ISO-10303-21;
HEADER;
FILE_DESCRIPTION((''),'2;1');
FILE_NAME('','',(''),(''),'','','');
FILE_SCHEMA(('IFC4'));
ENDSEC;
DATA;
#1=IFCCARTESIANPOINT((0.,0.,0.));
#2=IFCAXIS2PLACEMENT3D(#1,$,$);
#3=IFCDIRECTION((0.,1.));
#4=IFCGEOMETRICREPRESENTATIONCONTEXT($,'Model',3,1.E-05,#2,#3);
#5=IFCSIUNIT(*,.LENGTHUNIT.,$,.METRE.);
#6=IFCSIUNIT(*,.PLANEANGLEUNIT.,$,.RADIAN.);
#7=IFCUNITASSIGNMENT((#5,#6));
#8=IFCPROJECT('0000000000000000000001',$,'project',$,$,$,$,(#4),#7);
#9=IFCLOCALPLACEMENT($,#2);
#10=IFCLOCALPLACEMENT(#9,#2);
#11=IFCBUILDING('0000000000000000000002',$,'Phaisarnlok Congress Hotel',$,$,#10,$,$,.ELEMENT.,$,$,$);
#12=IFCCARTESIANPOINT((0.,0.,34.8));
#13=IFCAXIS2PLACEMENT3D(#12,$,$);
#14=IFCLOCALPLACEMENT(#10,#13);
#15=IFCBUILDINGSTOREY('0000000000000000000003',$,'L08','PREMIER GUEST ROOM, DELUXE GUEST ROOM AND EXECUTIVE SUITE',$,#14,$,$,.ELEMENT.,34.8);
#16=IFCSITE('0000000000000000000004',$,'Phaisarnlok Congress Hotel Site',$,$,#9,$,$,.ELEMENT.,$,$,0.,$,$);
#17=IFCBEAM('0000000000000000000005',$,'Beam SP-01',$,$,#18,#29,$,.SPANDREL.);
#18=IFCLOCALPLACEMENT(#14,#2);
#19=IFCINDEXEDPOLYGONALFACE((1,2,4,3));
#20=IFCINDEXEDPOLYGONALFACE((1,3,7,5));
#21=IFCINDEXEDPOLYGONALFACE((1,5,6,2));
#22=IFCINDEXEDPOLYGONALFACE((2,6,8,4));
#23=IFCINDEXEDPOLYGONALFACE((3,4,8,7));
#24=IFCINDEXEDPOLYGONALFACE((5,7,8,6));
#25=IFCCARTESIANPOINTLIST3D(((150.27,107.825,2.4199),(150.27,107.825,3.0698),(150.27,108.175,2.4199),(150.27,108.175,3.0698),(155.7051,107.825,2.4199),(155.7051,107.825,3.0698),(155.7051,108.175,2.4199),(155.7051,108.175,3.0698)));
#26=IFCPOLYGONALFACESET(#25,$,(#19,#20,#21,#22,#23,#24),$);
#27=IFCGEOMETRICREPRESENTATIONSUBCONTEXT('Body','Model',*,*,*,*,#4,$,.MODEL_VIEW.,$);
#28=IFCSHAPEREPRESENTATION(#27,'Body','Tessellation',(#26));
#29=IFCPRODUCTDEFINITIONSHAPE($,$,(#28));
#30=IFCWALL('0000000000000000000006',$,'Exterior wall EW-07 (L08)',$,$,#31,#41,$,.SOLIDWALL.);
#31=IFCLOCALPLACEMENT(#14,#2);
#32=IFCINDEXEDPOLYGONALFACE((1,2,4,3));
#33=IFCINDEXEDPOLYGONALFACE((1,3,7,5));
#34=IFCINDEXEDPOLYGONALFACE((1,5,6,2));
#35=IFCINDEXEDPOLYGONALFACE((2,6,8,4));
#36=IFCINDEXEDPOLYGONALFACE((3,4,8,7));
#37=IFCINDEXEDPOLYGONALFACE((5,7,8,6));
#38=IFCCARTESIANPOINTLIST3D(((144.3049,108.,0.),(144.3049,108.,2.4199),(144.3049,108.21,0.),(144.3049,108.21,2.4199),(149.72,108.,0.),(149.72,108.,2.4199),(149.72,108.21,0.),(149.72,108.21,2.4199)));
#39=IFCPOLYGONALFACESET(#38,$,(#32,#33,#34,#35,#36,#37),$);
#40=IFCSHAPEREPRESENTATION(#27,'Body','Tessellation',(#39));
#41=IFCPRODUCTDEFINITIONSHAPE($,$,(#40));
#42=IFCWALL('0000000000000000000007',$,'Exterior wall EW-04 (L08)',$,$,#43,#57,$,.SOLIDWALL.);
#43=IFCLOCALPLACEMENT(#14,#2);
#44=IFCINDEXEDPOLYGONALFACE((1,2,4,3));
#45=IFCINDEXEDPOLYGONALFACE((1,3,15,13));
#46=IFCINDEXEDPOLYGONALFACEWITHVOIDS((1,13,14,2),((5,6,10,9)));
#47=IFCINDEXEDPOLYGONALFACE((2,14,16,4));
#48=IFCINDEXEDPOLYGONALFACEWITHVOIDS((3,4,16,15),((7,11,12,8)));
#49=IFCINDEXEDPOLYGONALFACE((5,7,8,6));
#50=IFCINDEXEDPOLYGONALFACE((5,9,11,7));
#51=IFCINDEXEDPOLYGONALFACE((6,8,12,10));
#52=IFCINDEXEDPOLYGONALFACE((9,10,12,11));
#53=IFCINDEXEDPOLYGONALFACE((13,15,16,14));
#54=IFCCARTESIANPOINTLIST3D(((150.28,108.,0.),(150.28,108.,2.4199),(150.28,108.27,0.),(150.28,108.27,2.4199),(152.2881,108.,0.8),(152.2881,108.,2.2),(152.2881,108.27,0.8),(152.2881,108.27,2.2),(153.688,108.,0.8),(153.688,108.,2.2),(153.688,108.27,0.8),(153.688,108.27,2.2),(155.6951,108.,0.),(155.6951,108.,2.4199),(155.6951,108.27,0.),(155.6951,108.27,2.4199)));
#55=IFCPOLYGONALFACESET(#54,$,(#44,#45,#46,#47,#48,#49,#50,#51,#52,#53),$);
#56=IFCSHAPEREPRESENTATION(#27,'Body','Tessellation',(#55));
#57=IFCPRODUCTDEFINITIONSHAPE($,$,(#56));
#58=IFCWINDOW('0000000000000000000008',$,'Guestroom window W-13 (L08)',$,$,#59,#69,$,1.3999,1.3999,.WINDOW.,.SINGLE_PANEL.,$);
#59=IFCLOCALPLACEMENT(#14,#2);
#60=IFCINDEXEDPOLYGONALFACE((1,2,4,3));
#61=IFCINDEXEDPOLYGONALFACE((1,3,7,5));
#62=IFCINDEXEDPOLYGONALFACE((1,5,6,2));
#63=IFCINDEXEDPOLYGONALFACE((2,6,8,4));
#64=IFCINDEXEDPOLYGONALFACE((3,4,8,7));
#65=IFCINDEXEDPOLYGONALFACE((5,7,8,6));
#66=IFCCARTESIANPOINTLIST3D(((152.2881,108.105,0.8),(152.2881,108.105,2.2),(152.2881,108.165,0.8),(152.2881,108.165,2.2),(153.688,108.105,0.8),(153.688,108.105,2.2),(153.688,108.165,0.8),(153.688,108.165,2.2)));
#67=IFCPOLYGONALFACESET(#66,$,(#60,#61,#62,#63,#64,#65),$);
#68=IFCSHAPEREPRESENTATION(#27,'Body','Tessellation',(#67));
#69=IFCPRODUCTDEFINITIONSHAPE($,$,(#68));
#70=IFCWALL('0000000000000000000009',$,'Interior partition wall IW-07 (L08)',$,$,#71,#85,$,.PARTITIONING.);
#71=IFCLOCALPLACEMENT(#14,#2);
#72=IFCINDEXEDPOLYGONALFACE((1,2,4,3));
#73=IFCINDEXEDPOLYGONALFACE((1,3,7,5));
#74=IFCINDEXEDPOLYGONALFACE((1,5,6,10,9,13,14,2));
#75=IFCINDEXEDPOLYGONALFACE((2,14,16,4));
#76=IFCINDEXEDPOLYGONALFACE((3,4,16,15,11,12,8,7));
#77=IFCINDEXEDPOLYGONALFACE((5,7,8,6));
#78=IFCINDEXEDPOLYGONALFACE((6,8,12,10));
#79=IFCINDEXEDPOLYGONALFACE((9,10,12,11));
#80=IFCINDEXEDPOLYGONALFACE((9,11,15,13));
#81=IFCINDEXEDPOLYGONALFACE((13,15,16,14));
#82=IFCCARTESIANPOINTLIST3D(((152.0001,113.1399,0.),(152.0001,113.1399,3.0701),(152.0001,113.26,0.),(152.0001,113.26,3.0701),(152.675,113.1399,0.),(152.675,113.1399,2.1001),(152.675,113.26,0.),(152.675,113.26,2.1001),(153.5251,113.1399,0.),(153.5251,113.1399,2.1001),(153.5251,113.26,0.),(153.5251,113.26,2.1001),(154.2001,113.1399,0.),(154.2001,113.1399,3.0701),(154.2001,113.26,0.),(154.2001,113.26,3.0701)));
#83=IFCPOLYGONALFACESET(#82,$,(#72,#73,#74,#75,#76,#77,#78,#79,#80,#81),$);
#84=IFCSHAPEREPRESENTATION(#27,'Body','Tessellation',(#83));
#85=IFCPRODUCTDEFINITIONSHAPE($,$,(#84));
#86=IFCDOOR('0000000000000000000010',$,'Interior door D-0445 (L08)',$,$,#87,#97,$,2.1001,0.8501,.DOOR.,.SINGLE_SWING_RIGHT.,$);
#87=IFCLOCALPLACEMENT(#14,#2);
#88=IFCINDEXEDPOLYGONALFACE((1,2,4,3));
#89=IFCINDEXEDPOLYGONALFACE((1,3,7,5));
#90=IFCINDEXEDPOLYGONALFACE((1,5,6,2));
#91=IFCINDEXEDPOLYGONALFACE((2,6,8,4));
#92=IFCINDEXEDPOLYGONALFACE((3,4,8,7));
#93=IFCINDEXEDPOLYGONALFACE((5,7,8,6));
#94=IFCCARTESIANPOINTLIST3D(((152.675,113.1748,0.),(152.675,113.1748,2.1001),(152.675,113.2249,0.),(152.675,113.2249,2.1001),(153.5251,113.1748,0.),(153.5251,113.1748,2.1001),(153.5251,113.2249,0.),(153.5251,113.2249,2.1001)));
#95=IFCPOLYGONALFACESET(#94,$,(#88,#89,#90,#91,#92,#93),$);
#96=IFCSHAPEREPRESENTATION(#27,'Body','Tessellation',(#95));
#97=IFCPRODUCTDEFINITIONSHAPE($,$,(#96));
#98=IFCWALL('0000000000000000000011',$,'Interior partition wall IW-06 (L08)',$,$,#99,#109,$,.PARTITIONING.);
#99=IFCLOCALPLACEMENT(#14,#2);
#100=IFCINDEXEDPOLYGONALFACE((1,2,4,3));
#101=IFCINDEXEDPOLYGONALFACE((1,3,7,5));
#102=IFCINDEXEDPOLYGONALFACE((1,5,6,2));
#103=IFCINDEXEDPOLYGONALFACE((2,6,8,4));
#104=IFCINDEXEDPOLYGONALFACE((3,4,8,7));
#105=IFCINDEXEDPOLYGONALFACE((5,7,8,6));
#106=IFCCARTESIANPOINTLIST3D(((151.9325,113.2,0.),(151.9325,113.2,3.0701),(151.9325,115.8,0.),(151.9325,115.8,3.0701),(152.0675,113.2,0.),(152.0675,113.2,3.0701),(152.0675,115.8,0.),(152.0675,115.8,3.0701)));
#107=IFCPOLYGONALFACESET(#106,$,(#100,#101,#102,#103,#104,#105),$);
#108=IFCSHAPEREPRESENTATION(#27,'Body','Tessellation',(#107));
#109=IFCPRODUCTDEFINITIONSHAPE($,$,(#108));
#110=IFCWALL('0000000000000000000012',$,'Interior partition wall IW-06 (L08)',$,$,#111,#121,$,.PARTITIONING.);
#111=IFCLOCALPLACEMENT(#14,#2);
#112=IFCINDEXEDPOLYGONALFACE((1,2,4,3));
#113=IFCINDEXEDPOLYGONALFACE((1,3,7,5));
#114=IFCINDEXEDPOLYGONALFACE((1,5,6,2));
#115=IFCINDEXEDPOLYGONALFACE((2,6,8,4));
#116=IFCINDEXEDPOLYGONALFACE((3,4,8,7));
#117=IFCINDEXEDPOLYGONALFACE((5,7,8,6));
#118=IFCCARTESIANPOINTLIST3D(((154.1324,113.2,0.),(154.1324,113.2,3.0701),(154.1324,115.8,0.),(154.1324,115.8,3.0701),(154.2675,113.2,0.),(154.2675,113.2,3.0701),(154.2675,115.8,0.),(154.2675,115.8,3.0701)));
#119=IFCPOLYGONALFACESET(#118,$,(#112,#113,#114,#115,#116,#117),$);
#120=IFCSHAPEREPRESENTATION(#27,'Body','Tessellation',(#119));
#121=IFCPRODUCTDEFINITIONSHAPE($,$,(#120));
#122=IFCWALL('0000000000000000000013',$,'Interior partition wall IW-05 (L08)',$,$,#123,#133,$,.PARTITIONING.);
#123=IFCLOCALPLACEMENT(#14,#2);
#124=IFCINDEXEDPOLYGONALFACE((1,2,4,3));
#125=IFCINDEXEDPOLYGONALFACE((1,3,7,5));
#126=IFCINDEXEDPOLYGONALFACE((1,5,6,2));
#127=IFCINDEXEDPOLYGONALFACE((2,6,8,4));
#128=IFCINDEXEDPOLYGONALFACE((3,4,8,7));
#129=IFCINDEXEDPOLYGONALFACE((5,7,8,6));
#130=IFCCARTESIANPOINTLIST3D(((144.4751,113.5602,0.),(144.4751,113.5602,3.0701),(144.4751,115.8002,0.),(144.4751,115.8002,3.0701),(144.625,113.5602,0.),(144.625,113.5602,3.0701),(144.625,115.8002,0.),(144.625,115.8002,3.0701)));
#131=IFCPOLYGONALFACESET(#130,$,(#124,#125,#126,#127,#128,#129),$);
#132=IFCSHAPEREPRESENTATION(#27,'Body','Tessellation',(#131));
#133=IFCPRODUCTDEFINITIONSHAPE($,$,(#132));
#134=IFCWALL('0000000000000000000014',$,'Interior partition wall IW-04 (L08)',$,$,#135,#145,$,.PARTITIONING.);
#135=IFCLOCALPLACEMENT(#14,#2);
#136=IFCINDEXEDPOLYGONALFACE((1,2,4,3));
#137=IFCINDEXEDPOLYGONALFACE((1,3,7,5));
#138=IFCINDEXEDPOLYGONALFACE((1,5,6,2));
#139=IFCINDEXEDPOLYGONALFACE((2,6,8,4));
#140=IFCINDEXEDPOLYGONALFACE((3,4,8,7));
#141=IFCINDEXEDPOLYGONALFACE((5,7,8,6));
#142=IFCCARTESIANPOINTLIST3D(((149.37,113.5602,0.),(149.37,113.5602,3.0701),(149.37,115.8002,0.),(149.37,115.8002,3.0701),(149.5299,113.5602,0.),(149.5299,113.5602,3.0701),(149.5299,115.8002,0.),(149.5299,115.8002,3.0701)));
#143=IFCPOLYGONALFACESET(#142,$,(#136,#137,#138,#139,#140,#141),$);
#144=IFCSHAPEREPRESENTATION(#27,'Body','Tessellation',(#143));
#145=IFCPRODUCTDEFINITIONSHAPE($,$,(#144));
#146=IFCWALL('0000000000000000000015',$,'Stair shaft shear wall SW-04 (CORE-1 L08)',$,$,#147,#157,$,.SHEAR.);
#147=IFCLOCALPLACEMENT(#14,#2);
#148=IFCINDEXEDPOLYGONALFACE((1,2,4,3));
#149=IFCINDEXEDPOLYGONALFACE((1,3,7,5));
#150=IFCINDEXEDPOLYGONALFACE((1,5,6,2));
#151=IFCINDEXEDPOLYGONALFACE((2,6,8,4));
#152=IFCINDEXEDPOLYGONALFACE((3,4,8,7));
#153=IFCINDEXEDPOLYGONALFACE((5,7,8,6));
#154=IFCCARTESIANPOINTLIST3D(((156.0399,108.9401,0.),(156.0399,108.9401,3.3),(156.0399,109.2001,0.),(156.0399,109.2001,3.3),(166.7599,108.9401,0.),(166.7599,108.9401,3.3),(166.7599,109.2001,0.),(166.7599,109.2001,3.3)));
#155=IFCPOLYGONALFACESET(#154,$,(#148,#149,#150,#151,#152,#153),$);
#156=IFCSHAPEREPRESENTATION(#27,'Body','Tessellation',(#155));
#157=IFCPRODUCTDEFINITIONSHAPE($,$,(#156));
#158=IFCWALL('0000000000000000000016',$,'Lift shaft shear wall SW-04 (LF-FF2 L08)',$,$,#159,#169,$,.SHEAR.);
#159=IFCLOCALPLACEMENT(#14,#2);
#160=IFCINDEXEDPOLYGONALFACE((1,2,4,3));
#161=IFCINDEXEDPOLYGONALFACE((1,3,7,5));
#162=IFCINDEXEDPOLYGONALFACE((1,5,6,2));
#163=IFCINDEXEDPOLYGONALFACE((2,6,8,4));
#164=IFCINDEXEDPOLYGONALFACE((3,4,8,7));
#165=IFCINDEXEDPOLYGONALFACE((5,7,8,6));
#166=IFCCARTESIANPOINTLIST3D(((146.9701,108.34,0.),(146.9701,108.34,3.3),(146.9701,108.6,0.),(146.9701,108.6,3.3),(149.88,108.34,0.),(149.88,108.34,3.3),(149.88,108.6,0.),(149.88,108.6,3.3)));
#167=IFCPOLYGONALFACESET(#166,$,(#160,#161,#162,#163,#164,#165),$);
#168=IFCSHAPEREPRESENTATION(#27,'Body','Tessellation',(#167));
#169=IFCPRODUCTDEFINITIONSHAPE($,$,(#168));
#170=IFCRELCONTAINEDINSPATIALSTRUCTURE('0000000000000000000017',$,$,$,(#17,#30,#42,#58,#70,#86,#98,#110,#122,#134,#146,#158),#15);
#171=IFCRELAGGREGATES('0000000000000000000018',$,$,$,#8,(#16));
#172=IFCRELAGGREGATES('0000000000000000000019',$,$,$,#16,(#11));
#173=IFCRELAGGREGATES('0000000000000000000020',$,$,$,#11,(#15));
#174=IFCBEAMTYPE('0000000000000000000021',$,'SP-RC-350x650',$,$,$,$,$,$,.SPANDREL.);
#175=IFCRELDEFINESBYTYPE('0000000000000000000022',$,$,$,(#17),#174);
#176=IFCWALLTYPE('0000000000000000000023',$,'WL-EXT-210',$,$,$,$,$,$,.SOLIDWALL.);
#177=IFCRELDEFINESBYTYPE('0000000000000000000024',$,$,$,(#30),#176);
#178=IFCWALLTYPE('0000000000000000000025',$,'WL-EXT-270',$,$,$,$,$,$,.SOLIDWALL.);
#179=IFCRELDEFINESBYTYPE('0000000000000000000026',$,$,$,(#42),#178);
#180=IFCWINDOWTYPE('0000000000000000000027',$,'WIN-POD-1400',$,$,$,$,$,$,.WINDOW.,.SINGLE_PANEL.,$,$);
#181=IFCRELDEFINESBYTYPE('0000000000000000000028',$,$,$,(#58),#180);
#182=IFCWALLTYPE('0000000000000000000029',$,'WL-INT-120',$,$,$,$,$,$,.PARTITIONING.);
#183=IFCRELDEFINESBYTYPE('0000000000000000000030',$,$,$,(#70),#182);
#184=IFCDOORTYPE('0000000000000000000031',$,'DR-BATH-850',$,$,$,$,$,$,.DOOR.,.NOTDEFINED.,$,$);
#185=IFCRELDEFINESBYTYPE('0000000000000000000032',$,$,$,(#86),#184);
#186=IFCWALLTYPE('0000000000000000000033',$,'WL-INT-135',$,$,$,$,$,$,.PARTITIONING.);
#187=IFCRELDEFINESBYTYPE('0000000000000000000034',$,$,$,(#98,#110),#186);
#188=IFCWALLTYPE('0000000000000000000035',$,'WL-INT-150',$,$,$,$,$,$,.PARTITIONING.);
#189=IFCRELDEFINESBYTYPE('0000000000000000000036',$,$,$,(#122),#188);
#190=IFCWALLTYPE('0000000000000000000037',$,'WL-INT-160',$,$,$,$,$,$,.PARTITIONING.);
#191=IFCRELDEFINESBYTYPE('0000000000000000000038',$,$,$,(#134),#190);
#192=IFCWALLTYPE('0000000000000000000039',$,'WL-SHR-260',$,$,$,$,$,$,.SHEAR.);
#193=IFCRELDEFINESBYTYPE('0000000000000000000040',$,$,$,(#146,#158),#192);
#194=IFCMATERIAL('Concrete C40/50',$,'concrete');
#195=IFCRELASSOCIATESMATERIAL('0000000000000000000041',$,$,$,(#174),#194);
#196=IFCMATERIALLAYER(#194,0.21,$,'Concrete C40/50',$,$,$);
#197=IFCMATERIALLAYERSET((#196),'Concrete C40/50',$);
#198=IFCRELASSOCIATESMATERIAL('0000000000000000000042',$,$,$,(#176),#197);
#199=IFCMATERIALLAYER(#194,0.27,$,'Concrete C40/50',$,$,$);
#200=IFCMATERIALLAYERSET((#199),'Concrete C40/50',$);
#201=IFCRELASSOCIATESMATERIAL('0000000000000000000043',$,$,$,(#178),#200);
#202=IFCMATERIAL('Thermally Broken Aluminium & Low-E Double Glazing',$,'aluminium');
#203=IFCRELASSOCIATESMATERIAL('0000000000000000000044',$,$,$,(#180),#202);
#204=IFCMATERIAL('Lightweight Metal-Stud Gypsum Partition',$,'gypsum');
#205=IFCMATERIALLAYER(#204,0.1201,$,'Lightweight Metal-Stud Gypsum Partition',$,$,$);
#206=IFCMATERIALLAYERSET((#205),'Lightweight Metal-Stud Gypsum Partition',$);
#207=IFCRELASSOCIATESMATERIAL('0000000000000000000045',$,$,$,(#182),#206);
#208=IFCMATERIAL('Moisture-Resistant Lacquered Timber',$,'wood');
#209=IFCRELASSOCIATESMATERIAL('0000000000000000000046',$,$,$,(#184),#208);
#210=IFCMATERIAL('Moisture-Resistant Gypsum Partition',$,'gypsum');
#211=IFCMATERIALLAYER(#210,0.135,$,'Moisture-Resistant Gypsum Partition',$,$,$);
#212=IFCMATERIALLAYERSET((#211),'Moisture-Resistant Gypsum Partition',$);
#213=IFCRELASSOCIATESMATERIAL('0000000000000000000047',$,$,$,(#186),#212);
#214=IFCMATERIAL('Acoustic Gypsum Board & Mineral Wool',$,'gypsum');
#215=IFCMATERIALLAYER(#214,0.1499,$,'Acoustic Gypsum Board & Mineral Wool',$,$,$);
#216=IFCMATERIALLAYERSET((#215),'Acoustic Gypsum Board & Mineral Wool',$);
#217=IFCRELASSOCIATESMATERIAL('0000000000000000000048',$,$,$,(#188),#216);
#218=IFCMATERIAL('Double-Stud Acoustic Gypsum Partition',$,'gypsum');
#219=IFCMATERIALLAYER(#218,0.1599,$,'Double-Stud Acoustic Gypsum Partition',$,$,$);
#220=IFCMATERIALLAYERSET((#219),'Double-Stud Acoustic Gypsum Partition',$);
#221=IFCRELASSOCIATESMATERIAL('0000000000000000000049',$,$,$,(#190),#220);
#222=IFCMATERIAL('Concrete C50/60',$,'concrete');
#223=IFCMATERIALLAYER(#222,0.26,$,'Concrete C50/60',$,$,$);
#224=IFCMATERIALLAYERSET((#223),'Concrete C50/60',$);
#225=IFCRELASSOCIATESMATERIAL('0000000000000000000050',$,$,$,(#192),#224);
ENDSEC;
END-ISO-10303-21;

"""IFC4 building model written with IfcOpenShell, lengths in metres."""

from ifc_helpers import new_model, si_unit, direction, frame, frame_2d, origin, origin_2d, place, context, subcontext, project, spatial, rectangle, extrude, material, layer, layer_set, material_profile, profile_set, type_object, element, fill, save


model = new_model("IFC4")

# Units and contexts
model_context = context("Model", 3, precision=1e-05, world=origin(), true_north=direction((0.0, 1.0)))
body_context = subcontext(model_context, "Body", "Model", "MODEL_VIEW")
ifc_project = project(units=[si_unit("LENGTHUNIT", "METRE"), si_unit("PLANEANGLEUNIT", "RADIAN")], contexts=[model_context])

# Site, building, storey
site_placement = place(None, origin())
site = spatial("IfcSite", under=ifc_project, at=site_placement, Name="Phaisarnlok Congress Hotel Site", CompositionType="ELEMENT", RefElevation=0.0)
building_placement = place(site_placement, origin())
building = spatial("IfcBuilding", under=site, at=building_placement, Name="Phaisarnlok Congress Hotel", CompositionType="ELEMENT")
storey_placement = place(building_placement, frame((0.0, 0.0, 34.8)))
storey = spatial("IfcBuildingStorey", under=building, at=storey_placement, Name="L08", Description="PREMIER GUEST ROOM, DELUXE GUEST ROOM AND EXECUTIVE SUITE", CompositionType="ELEMENT", Elevation=34.8)

# Shared definitions
ifc_material_1 = material(Name="Concrete C50/60", Category="concrete")

# Beam
ifc_material_2 = material(Name="Concrete C40/50", Category="concrete")
ifc_material_profile_1 = material_profile(ifc_material_2, rectangle(XDim=0.3501, YDim=0.6499, at=origin_2d()), Name="RC 350x650")
ifc_profile_set_1 = profile_set([ifc_material_profile_1], Name="Concrete C40/50")
beam_type_1 = type_object("IfcBeamType", Name="SP-RC-350x650", PredefinedType="SPANDREL", material=ifc_profile_set_1)
beam_1_placement = place(storey_placement, frame((150.27, 108.0, 2.7449), z_axis=(1.0, 0.0, 0.0), x_axis=(0.0, 1.0, 0.0)))
element("IfcBeam", 1, at=beam_1_placement, inside=storey, type_object=beam_type_1, Name="Beam SP-01", PredefinedType="SPANDREL", context=body_context, shape_type="SweptSolid", body=[
    extrude(rectangle(XDim=0.3501, YDim=0.6499, at=origin_2d()), origin(), (0.0, 0.0, 1.0), 5.4351),
])

# Wall
ifc_layer_1 = layer(ifc_material_2, 0.21, Name="Concrete C40/50")
ifc_layer_set_1 = layer_set([ifc_layer_1], Name="Concrete C40/50")
wall_type_1 = type_object("IfcWallType", Name="WL-EXT-210", PredefinedType="SOLIDWALL", material=ifc_layer_set_1)
wall_1_placement = place(storey_placement, frame((144.3049, 108.105, 0.0), z_axis=(0.0, 0.0, 1.0), x_axis=(1.0, 0.0, 0.0)))
element("IfcWall", 2, at=wall_1_placement, inside=storey, type_object=wall_type_1, Name="Exterior wall EW-07 (L08)", PredefinedType="SOLIDWALL", context=body_context, shape_type="SweptSolid", body=[
    extrude(rectangle(XDim=5.415, YDim=0.21, at=frame_2d((2.7075, 0.0))), origin(), (0.0, 0.0, 1.0), 2.4199),
])

# Wall, opening, window
ifc_layer_2 = layer(ifc_material_2, 0.27, Name="Concrete C40/50")
ifc_layer_set_2 = layer_set([ifc_layer_2], Name="Concrete C40/50")
wall_type_2 = type_object("IfcWallType", Name="WL-EXT-270", PredefinedType="SOLIDWALL", material=ifc_layer_set_2)
wall_2_placement = place(storey_placement, frame((150.28, 108.135, 0.0), z_axis=(0.0, 0.0, 1.0), x_axis=(1.0, 0.0, 0.0)))
wall_2 = element("IfcWall", 3, at=wall_2_placement, inside=storey, type_object=wall_type_2, Name="Exterior wall EW-04 (L08)", PredefinedType="SOLIDWALL", context=body_context, shape_type="SweptSolid", body=[
    extrude(rectangle(XDim=5.415, YDim=0.27, at=frame_2d((2.7075, 0.0))), origin(), (0.0, 0.0, 1.0), 2.4199),
])
opening_1_placement = place(wall_2_placement, frame((2.0081, 0.0, 0.8)))
opening_1 = element("IfcOpeningElement", 4, at=opening_1_placement, cuts=wall_2, PredefinedType="OPENING", context=body_context, shape_type="SweptSolid", body=[
    extrude(rectangle(XDim=1.3999, YDim=1.3999, at=frame_2d((0.7, 0.7))), frame((0.0, 0.145, 0.0), z_axis=(0.0, -1.0, 0.0), x_axis=(1.0, 0.0, 0.0)), (0.0, 0.0, 1.0), 0.29),
])
ifc_material_3 = material(Name="Thermally Broken Aluminium & Low-E Double Glazing", Category="aluminium")
window_type = type_object("IfcWindowType", Name="WIN-POD-1400", PartitioningType="SINGLE_PANEL", PredefinedType="WINDOW", material=ifc_material_3)
window_placement = place(opening_1_placement, origin())
window = element("IfcWindow", 5, at=window_placement, inside=storey, type_object=window_type, Name="Guestroom window W-13 (L08)", OverallHeight=1.3999, OverallWidth=1.3999, PartitioningType="SINGLE_PANEL", PredefinedType="WINDOW", context=body_context, shape_type="SweptSolid", body=[
    extrude(rectangle(XDim=1.3999, YDim=1.3999, at=frame_2d((0.7, 0.7))), frame((0.0, 0.03, 0.0), z_axis=(0.0, -1.0, 0.0), x_axis=(1.0, 0.0, 0.0)), (0.0, 0.0, 1.0), 0.0601),
])
fill(opening_1, window)

# Wall, opening, door
ifc_material_4 = material(Name="Lightweight Metal-Stud Gypsum Partition", Category="gypsum")
ifc_layer_3 = layer(ifc_material_4, 0.1201, Name="Lightweight Metal-Stud Gypsum Partition")
ifc_layer_set_3 = layer_set([ifc_layer_3], Name="Lightweight Metal-Stud Gypsum Partition")
wall_type_3 = type_object("IfcWallType", Name="WL-INT-120", PredefinedType="PARTITIONING", material=ifc_layer_set_3)
wall_3_placement = place(storey_placement, frame((152.0, 113.2, 0.0), z_axis=(0.0, 0.0, 1.0), x_axis=(1.0, 0.0, 0.0)))
wall_3 = element("IfcWall", 6, at=wall_3_placement, inside=storey, type_object=wall_type_3, Name="Interior partition wall IW-07 (L08)", PredefinedType="PARTITIONING", context=body_context, shape_type="SweptSolid", body=[
    extrude(rectangle(XDim=2.2, YDim=0.1201, at=frame_2d((1.1001, 0.0))), origin(), (0.0, 0.0, 1.0), 3.0701),
])
opening_2_placement = place(wall_3_placement, frame((0.675, 0.0, 0.0)))
opening_2 = element("IfcOpeningElement", 7, at=opening_2_placement, cuts=wall_3, PredefinedType="OPENING", context=body_context, shape_type="SweptSolid", body=[
    extrude(rectangle(XDim=0.8501, YDim=2.1001, at=frame_2d((0.425, 1.05))), frame((0.0, 0.0701, 0.0), z_axis=(0.0, -1.0, 0.0), x_axis=(1.0, 0.0, 0.0)), (0.0, 0.0, 1.0), 0.1401),
])
ifc_material_5 = material(Name="Moisture-Resistant Lacquered Timber", Category="wood")
door_type_1 = type_object("IfcDoorType", Name="DR-BATH-850", OperationType="NOTDEFINED", PredefinedType="DOOR", material=ifc_material_5)
door_1_placement = place(opening_2_placement, origin())
door_1 = element("IfcDoor", 8, at=door_1_placement, inside=storey, type_object=door_type_1, Name="Interior door D-0445 (L08)", OperationType="SINGLE_SWING_RIGHT", OverallHeight=2.1001, OverallWidth=0.8501, PredefinedType="DOOR", context=body_context, shape_type="SweptSolid", body=[
    extrude(rectangle(XDim=0.8501, YDim=2.1001, at=frame_2d((0.425, 1.05))), frame((0.0, 0.0249, 0.0), z_axis=(0.0, -1.0, 0.0), x_axis=(1.0, 0.0, 0.0)), (0.0, 0.0, 1.0), 0.05),
])
fill(opening_2, door_1)

# Walls
ifc_material_6 = material(Name="Moisture-Resistant Gypsum Partition", Category="gypsum")
ifc_layer_4 = layer(ifc_material_6, 0.135, Name="Moisture-Resistant Gypsum Partition")
ifc_layer_set_4 = layer_set([ifc_layer_4], Name="Moisture-Resistant Gypsum Partition")
wall_type_4 = type_object("IfcWallType", Name="WL-INT-135", PredefinedType="PARTITIONING", material=ifc_layer_set_4)
for number, where, z_axis, x_axis, name in (
    (9, (152.0, 113.2, 0.0), (0.0, 0.0, 1.0), (0.0, 1.0, 0.0), "Interior partition wall IW-06 (L08)"),
    (10, (154.2, 113.2, 0.0), (0.0, 0.0, 1.0), (0.0, 1.0, 0.0), "Interior partition wall IW-06 (L08)"),
):
    element("IfcWall", number, at=place(storey_placement, frame(where, z_axis=z_axis, x_axis=x_axis)), inside=storey, type_object=wall_type_4, Name=name, PredefinedType="PARTITIONING", context=body_context, shape_type="SweptSolid", body=[
        extrude(rectangle(XDim=2.6001, YDim=0.135, at=frame_2d((1.3, 0.0))), origin(), (0.0, 0.0, 1.0), 3.0701),
    ])
ifc_material_7 = material(Name="Acoustic Gypsum Board & Mineral Wool", Category="gypsum")
ifc_layer_5 = layer(ifc_material_7, 0.1499, Name="Acoustic Gypsum Board & Mineral Wool")
ifc_layer_set_5 = layer_set([ifc_layer_5], Name="Acoustic Gypsum Board & Mineral Wool")
wall_type_5 = type_object("IfcWallType", Name="WL-INT-150", PredefinedType="PARTITIONING", material=ifc_layer_set_5)
wall_4_placement = place(storey_placement, frame((144.55, 113.5601, 0.0), z_axis=(0.0, 0.0, 1.0), x_axis=(0.0, 1.0, 0.0)))
element("IfcWall", 11, at=wall_4_placement, inside=storey, type_object=wall_type_5, Name="Interior partition wall IW-05 (L08)", PredefinedType="PARTITIONING", context=body_context, shape_type="SweptSolid", body=[
    extrude(rectangle(XDim=2.24, YDim=0.1499, at=frame_2d((1.1201, 0.0))), origin(), (0.0, 0.0, 1.0), 3.0701),
])
ifc_material_8 = material(Name="Double-Stud Acoustic Gypsum Partition", Category="gypsum")
ifc_layer_6 = layer(ifc_material_8, 0.1599, Name="Double-Stud Acoustic Gypsum Partition")
ifc_layer_set_6 = layer_set([ifc_layer_6], Name="Double-Stud Acoustic Gypsum Partition")
wall_type_6 = type_object("IfcWallType", Name="WL-INT-160", PredefinedType="PARTITIONING", material=ifc_layer_set_6)
wall_5_placement = place(storey_placement, frame((149.45, 113.5601, 0.0), z_axis=(0.0, 0.0, 1.0), x_axis=(0.0, 1.0, 0.0)))
element("IfcWall", 12, at=wall_5_placement, inside=storey, type_object=wall_type_6, Name="Interior partition wall IW-04 (L08)", PredefinedType="PARTITIONING", context=body_context, shape_type="SweptSolid", body=[
    extrude(rectangle(XDim=2.24, YDim=0.1599, at=frame_2d((1.1201, 0.0))), origin(), (0.0, 0.0, 1.0), 3.0701),
])
ifc_layer_7 = layer(ifc_material_1, 0.26, Name="Concrete C50/60")
ifc_layer_set_7 = layer_set([ifc_layer_7], Name="Concrete C50/60")
wall_type_7 = type_object("IfcWallType", Name="WL-SHR-260", PredefinedType="SHEAR", material=ifc_layer_set_7)
wall_6_placement = place(storey_placement, frame((156.04, 109.0701, 0.0), z_axis=(0.0, 0.0, 1.0), x_axis=(1.0, 0.0, 0.0)))
element("IfcWall", 13, at=wall_6_placement, inside=storey, type_object=wall_type_7, Name="Stair shaft shear wall SW-04 (CORE-1 L08)", PredefinedType="SHEAR", context=body_context, shape_type="SweptSolid", body=[
    extrude(rectangle(XDim=10.72, YDim=0.26, at=frame_2d((5.3599, 0.0))), origin(), (0.0, 0.0, 1.0), 3.3),
])
wall_7_placement = place(storey_placement, frame((146.97, 108.47, 0.0), z_axis=(0.0, 0.0, 1.0), x_axis=(1.0, 0.0, 0.0)))
element("IfcWall", 14, at=wall_7_placement, inside=storey, type_object=wall_type_7, Name="Lift shaft shear wall SW-04 (LF-FF2 L08)", PredefinedType="SHEAR", context=body_context, shape_type="SweptSolid", body=[
    extrude(rectangle(XDim=2.9099, YDim=0.26, at=frame_2d((1.4551, 0.0))), origin(), (0.0, 0.0, 1.0), 3.3),
])

save(model, "model.ifc")
